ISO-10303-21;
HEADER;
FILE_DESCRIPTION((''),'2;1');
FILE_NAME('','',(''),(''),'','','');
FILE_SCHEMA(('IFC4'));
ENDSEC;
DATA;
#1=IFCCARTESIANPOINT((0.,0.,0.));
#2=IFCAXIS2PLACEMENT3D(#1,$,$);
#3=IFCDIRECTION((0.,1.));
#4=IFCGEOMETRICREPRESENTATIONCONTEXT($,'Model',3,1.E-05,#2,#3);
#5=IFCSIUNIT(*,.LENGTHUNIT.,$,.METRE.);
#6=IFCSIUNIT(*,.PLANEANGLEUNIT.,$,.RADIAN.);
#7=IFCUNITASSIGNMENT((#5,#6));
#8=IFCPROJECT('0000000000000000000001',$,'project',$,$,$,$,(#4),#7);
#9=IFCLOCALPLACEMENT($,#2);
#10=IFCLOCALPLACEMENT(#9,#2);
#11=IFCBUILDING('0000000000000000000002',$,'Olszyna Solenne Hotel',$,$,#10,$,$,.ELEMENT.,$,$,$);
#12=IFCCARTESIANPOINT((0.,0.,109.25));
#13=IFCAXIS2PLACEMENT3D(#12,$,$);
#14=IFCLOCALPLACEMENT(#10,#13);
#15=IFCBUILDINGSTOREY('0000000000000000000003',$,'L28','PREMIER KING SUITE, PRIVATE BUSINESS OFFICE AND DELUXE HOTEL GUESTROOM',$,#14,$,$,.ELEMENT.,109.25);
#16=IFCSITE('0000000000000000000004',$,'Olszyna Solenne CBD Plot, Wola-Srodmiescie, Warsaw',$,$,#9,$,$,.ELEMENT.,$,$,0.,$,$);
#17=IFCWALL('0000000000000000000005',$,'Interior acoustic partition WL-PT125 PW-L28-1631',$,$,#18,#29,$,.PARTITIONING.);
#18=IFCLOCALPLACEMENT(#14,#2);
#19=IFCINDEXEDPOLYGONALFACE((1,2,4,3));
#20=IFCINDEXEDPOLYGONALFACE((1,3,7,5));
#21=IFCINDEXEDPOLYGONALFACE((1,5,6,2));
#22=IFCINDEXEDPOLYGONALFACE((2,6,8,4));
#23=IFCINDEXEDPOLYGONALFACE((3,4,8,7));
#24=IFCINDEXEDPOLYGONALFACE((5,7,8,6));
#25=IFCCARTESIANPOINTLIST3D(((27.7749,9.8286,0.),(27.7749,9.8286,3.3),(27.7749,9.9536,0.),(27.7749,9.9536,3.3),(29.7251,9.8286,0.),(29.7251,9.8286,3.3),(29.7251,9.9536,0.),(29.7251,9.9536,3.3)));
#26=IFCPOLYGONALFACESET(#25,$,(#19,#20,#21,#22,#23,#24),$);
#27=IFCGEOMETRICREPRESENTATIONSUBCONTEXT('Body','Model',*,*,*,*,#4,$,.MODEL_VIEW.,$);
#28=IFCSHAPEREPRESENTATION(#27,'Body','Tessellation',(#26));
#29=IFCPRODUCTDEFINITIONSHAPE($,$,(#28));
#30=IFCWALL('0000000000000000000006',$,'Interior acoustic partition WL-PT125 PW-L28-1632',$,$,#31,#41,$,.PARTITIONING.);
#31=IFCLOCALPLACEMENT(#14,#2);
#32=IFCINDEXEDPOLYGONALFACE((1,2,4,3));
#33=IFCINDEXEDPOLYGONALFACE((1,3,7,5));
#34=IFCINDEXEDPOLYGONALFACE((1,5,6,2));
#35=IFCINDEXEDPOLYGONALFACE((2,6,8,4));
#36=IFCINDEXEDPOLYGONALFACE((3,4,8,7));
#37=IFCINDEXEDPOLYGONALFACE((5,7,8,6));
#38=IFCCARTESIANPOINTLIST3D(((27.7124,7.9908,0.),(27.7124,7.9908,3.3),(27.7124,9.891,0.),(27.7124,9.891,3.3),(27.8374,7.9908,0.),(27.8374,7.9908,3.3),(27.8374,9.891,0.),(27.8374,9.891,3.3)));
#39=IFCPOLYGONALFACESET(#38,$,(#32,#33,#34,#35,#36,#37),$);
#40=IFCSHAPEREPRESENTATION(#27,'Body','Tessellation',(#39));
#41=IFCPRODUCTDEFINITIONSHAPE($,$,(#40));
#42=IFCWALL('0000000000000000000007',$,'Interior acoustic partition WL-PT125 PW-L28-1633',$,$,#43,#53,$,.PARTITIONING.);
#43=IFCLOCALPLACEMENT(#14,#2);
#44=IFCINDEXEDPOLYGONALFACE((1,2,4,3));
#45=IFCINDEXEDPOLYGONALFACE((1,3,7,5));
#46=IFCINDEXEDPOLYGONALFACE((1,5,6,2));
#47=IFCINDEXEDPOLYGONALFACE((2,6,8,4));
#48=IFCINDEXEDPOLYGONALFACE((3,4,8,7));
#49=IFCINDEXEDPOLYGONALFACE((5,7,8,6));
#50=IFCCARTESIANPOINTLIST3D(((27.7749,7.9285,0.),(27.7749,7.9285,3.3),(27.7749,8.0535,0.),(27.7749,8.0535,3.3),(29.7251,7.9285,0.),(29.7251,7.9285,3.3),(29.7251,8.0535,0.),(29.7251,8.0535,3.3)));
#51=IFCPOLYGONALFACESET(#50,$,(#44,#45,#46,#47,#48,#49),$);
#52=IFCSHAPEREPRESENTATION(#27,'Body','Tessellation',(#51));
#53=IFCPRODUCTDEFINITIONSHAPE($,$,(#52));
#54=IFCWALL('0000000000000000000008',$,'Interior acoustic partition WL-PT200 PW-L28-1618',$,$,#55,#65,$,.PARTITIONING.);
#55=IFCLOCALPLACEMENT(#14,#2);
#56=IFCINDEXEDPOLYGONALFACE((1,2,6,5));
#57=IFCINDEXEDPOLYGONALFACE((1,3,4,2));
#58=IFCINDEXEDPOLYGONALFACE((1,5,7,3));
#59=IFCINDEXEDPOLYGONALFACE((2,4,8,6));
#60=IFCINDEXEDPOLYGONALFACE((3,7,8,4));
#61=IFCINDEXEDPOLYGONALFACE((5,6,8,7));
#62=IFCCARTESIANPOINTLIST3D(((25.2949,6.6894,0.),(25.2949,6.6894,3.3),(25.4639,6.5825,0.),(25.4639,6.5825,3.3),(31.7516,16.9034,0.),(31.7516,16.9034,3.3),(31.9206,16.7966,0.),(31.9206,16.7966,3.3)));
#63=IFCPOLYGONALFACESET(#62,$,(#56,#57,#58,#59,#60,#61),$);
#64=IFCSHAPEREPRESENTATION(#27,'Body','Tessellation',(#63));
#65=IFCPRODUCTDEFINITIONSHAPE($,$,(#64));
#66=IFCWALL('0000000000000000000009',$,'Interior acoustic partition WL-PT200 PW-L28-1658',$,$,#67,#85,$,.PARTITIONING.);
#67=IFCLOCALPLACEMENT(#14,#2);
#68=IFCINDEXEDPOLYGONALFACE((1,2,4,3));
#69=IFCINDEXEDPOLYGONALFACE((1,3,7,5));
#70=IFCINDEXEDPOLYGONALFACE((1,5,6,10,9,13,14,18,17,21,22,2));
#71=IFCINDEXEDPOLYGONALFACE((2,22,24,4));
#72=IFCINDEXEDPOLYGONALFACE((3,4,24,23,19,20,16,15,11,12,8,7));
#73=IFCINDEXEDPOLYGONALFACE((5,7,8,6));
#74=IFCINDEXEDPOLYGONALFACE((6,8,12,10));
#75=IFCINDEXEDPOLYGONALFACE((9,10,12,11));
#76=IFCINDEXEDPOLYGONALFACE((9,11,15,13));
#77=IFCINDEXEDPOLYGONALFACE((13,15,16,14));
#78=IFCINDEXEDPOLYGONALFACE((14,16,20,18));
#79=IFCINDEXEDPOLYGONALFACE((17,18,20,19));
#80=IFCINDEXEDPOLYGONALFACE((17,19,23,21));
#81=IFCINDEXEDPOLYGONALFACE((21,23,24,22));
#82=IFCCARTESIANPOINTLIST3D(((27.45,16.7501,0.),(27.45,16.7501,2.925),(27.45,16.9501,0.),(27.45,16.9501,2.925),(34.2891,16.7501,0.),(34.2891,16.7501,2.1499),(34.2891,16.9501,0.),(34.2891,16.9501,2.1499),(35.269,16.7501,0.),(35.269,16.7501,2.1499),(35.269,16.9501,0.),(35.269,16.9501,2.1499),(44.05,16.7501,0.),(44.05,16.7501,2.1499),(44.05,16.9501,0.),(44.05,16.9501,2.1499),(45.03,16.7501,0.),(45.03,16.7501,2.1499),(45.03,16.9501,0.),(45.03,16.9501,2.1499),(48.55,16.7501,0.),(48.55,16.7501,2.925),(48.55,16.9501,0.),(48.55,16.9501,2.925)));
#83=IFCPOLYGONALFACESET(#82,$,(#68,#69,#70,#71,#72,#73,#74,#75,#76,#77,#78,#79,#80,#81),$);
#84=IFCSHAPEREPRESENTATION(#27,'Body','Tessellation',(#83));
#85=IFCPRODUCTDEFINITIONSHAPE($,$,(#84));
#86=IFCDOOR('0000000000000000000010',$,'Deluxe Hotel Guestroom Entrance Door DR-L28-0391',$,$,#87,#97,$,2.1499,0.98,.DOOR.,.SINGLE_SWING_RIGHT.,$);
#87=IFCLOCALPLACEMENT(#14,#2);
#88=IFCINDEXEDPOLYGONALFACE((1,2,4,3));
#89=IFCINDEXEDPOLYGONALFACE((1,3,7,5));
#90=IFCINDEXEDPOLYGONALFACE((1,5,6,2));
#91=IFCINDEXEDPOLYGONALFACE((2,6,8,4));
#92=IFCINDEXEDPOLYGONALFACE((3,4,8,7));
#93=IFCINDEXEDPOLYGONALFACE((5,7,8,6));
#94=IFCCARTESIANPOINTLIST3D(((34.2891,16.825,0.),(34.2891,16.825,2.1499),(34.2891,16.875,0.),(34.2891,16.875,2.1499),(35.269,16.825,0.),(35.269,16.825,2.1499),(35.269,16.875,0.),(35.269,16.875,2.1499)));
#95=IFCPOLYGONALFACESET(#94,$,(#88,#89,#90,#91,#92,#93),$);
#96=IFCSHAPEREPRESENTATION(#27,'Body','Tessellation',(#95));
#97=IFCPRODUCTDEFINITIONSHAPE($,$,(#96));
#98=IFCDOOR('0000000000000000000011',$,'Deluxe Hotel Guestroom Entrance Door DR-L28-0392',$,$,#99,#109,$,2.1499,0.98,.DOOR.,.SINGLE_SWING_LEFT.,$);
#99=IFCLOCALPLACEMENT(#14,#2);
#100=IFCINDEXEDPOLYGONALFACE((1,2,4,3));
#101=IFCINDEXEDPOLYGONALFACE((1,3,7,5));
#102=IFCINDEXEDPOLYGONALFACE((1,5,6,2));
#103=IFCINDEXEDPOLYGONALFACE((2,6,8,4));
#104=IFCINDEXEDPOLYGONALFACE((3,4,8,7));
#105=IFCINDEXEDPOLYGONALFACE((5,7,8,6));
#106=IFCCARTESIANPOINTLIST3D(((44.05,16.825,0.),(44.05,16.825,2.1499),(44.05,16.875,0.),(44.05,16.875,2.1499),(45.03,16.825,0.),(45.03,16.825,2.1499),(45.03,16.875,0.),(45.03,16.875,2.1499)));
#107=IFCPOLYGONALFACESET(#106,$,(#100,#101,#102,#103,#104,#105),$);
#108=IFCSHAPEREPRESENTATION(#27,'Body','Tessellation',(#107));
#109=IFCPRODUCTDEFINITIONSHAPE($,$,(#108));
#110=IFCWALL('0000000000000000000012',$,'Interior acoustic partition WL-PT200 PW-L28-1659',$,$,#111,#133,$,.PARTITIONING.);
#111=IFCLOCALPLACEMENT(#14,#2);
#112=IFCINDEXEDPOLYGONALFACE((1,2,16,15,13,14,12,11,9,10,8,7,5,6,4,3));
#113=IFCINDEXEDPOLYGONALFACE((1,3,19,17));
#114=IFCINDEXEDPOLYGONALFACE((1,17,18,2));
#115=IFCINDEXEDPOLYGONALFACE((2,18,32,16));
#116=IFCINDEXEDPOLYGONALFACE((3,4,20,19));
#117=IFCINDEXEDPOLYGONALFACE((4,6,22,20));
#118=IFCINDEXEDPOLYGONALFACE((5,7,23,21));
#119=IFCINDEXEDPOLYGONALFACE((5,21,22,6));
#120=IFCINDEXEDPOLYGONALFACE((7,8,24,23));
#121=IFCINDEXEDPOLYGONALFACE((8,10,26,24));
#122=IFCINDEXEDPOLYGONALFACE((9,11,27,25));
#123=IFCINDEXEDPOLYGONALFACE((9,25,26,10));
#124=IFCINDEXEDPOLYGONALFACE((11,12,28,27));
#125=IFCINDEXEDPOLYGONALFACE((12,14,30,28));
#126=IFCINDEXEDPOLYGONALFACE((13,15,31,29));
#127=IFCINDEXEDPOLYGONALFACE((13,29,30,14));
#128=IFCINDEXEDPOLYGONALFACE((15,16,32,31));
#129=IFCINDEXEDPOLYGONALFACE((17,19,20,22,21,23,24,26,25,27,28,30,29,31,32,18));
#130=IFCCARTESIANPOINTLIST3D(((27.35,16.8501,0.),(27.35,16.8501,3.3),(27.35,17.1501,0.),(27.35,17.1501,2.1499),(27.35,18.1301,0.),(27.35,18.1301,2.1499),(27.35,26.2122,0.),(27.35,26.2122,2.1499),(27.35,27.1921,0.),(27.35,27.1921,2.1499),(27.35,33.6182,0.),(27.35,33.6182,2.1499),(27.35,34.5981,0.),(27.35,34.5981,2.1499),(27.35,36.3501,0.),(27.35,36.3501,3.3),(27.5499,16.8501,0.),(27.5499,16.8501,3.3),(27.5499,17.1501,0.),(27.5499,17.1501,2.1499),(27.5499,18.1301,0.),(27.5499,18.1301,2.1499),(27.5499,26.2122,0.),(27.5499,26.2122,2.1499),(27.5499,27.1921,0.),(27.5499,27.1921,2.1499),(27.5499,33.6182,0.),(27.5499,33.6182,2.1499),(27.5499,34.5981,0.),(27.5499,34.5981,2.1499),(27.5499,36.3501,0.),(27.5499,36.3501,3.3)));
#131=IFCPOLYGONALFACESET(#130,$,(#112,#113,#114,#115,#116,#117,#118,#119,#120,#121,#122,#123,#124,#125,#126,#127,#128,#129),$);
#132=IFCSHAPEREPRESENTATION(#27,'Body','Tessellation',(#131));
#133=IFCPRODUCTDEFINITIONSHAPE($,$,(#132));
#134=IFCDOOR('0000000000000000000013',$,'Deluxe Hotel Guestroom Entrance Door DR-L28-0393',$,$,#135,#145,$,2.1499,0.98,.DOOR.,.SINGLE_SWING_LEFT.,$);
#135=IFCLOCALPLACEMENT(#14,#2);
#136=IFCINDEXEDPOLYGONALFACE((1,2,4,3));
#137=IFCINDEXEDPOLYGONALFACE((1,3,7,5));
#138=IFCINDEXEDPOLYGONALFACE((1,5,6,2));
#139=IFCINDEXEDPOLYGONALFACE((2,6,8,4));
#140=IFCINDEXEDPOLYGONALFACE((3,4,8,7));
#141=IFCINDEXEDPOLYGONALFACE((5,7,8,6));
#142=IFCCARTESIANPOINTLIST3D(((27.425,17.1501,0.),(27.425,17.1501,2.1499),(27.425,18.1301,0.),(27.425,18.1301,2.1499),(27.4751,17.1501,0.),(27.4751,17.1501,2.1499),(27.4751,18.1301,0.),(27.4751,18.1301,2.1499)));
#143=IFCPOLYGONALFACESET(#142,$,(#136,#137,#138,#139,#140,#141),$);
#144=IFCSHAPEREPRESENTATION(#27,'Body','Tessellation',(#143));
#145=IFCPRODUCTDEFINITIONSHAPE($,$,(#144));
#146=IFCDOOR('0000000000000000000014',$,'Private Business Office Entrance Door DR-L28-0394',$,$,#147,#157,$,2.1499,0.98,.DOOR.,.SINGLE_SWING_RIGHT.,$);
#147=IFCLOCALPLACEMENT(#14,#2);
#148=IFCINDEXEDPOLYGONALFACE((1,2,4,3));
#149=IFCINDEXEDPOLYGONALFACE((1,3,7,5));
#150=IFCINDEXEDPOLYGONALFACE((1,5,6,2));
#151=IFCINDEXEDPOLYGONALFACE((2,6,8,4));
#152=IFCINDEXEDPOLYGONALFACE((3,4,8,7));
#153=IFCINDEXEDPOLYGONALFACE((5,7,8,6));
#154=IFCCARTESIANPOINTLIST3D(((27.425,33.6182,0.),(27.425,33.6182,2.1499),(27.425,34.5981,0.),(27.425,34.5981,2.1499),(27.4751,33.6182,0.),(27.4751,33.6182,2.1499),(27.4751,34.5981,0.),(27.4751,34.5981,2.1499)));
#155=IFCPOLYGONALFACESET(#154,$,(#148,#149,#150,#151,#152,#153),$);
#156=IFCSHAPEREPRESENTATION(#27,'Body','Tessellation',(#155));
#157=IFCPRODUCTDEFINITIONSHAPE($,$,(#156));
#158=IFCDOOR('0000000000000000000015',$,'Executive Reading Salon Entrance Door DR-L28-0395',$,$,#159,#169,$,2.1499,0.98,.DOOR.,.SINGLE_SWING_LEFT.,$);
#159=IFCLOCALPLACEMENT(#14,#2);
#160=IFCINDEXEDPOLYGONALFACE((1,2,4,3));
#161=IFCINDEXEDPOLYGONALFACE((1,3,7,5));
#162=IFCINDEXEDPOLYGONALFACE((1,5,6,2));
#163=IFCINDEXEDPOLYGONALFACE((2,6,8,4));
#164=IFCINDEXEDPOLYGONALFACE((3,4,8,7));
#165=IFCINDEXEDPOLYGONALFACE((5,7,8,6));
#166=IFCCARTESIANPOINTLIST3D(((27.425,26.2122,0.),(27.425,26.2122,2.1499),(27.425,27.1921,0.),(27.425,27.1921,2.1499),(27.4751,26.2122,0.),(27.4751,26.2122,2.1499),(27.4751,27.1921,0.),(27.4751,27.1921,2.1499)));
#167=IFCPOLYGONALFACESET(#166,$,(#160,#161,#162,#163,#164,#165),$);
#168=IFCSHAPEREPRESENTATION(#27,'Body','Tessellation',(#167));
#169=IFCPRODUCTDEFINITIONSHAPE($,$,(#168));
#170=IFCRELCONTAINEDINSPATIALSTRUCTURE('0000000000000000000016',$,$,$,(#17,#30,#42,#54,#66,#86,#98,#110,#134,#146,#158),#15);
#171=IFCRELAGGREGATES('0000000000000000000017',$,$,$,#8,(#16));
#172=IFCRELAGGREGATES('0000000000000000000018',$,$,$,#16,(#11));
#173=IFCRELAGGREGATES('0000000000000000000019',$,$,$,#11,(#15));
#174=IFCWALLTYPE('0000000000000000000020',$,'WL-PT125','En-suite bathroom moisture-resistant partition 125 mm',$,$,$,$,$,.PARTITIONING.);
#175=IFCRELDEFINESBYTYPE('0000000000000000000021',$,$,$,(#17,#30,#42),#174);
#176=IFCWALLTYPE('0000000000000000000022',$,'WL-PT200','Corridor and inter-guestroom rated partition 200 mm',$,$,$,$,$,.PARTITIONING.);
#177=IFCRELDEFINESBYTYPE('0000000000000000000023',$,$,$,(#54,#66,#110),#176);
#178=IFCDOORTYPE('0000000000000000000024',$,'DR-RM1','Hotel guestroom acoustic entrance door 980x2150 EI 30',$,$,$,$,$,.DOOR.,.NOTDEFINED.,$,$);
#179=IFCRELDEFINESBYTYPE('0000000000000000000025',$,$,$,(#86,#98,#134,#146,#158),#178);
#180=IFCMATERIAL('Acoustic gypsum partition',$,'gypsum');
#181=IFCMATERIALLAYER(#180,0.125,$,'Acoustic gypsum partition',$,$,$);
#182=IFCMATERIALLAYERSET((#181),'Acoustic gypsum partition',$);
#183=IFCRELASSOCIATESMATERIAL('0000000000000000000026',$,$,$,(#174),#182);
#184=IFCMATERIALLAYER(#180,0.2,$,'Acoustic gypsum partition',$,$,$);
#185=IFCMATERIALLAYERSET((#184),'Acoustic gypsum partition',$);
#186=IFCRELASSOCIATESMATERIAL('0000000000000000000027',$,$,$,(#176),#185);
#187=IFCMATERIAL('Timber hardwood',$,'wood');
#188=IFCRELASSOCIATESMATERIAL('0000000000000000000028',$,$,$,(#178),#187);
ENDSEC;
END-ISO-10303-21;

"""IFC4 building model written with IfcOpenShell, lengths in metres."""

from ifc_helpers import new_model, si_unit, direction, frame, frame_2d, origin, place, context, subcontext, project, spatial, rectangle, extrude, source, transform, mapped, material, layer, layer_set, type_object, type_shapes, element, fill, save


model = new_model("IFC4")

# Units and contexts
model_context = context("Model", 3, precision=1e-05, world=origin(), true_north=direction((0.0, 1.0)))
body_context = subcontext(model_context, "Body", "Model", "MODEL_VIEW")
ifc_project = project(units=[si_unit("LENGTHUNIT", "METRE"), si_unit("PLANEANGLEUNIT", "RADIAN")], contexts=[model_context])

# Site, building, storey
site_placement = place(None, origin())
site = spatial("IfcSite", under=ifc_project, at=site_placement, Name="Olszyna Solenne CBD Plot, Wola-Srodmiescie, Warsaw", CompositionType="ELEMENT", RefElevation=0.0)
building_placement = place(site_placement, origin())
building = spatial("IfcBuilding", under=site, at=building_placement, Name="Olszyna Solenne Hotel", CompositionType="ELEMENT")
storey_placement = place(building_placement, frame((0.0, 0.0, 109.25)))
storey = spatial("IfcBuildingStorey", under=building, at=storey_placement, Name="L28", Description="PREMIER KING SUITE, PRIVATE BUSINESS OFFICE AND DELUXE HOTEL GUESTROOM", CompositionType="ELEMENT", Elevation=109.25)

# Shared definitions
ifc_material_1 = material(Name="Timber hardwood", Category="wood")
ifc_material_2 = material(Name="Acoustic gypsum partition", Category="gypsum")
ifc_layer_1 = layer(ifc_material_2, 0.125, Name="Acoustic gypsum partition")
ifc_layer_set_1 = layer_set([ifc_layer_1], Name="Acoustic gypsum partition")
wall_type_1 = type_object("IfcWallType", Name="WL-PT125", Description="En-suite bathroom moisture-resistant partition 125 mm", PredefinedType="PARTITIONING", material=ifc_layer_set_1)

# Walls
wall_1_placement = place(storey_placement, frame((29.7251, 9.8911, 0.0), z_axis=(0.0, 0.0, 1.0), x_axis=(-1.0, 0.0, 0.0)))
element("IfcWall", 1, at=wall_1_placement, inside=storey, type_object=wall_type_1, Name="Interior acoustic partition WL-PT125 PW-L28-1631", PredefinedType="PARTITIONING", context=body_context, shape_type="SweptSolid", body=[
    extrude(rectangle(XDim=1.9502, YDim=0.125, at=frame_2d((0.9751, 0.0))), origin(), (0.0, 0.0, 1.0), 3.3),
])
wall_2_placement = place(storey_placement, frame((27.7749, 9.8911, 0.0), z_axis=(0.0, 0.0, 1.0), x_axis=(0.0, -1.0, 0.0)))
element("IfcWall", 2, at=wall_2_placement, inside=storey, type_object=wall_type_1, Name="Interior acoustic partition WL-PT125 PW-L28-1632", PredefinedType="PARTITIONING", context=body_context, shape_type="SweptSolid", body=[
    extrude(rectangle(XDim=1.9001, YDim=0.125, at=frame_2d((0.9502, 0.0))), origin(), (0.0, 0.0, 1.0), 3.3),
])
wall_3_placement = place(storey_placement, frame((27.7749, 7.991, 0.0), z_axis=(0.0, 0.0, 1.0), x_axis=(1.0, 0.0, 0.0)))
element("IfcWall", 3, at=wall_3_placement, inside=storey, type_object=wall_type_1, Name="Interior acoustic partition WL-PT125 PW-L28-1633", PredefinedType="PARTITIONING", context=body_context, shape_type="SweptSolid", body=[
    extrude(rectangle(XDim=1.9502, YDim=0.125, at=frame_2d((0.9751, 0.0))), origin(), (0.0, 0.0, 1.0), 3.3),
])
ifc_layer_2 = layer(ifc_material_2, 0.2, Name="Acoustic gypsum partition")
ifc_layer_set_2 = layer_set([ifc_layer_2], Name="Acoustic gypsum partition")
wall_type_2 = type_object("IfcWallType", Name="WL-PT200", Description="Corridor and inter-guestroom rated partition 200 mm", PredefinedType="PARTITIONING", material=ifc_layer_set_2)
wall_4_placement = place(storey_placement, frame((31.8362, 16.8501, 0.0), z_axis=(0.0, 0.0, 1.0), x_axis=(-0.534334, -0.845273, 0.0)))
element("IfcWall", 4, at=wall_4_placement, inside=storey, type_object=wall_type_2, Name="Interior acoustic partition WL-PT200 PW-L28-1618", PredefinedType="PARTITIONING", context=body_context, shape_type="SweptSolid", body=[
    extrude(rectangle(XDim=12.0837, YDim=0.2, at=frame_2d((6.042, 0.0))), origin(), (0.0, 0.0, 1.0), 3.3),
])

# Walls, openings, doors
wall_5_placement = place(storey_placement, frame((27.45, 16.8501, 0.0), z_axis=(0.0, 0.0, 1.0), x_axis=(1.0, 0.0, 0.0)))
wall_5 = element("IfcWall", 5, at=wall_5_placement, inside=storey, type_object=wall_type_2, Name="Interior acoustic partition WL-PT200 PW-L28-1658", PredefinedType="PARTITIONING", context=body_context, shape_type="SweptSolid", body=[
    extrude(rectangle(XDim=21.1001, YDim=0.2, at=frame_2d((10.55, 0.0))), origin(), (0.0, 0.0, 1.0), 2.925),
])
opening_1_placement = place(wall_5_placement, frame((6.8391, 0.0, 0.0)))
opening_1 = element("IfcOpeningElement", 6, at=opening_1_placement, cuts=wall_5, PredefinedType="OPENING", context=body_context, shape_type="SweptSolid", body=[
    extrude(rectangle(XDim=0.98, YDim=2.1499, at=frame_2d((0.49, 1.075))), frame((0.0, 0.1099, 0.0), z_axis=(0.0, -1.0, 0.0), x_axis=(1.0, 0.0, 0.0)), (0.0, 0.0, 1.0), 0.22),
])
opening_2_placement = place(wall_5_placement, frame((16.6001, 0.0, 0.0)))
opening_2 = element("IfcOpeningElement", 7, at=opening_2_placement, cuts=wall_5, PredefinedType="OPENING", context=body_context, shape_type="SweptSolid", body=[
    extrude(rectangle(XDim=0.98, YDim=2.1499, at=frame_2d((0.49, 1.075))), frame((0.0, 0.1099, 0.0), z_axis=(0.0, -1.0, 0.0), x_axis=(1.0, 0.0, 0.0)), (0.0, 0.0, 1.0), 0.22),
])
door_type_1 = type_object("IfcDoorType", Name="DR-RM1", Description="Hotel guestroom acoustic entrance door 980x2150 EI 30", OperationType="NOTDEFINED", PredefinedType="DOOR", material=ifc_material_1)
shared_shape_1 = source(origin(), body_context, "Body", "SweptSolid", [
    extrude(rectangle(XDim=0.98, YDim=2.1499, at=frame_2d((0.49, 1.075))), frame((0.0, 0.0249, 0.0), z_axis=(0.0, -1.0, 0.0), x_axis=(1.0, 0.0, 0.0)), (0.0, 0.0, 1.0), 0.05),
])
type_shapes(door_type_1, [shared_shape_1])
door_1_placement = place(opening_1_placement, origin())
door_1 = element("IfcDoor", 8, at=door_1_placement, inside=storey, type_object=door_type_1, Name="Deluxe Hotel Guestroom Entrance Door DR-L28-0391", OperationType="SINGLE_SWING_RIGHT", OverallHeight=2.1499, OverallWidth=0.98, PredefinedType="DOOR", context=body_context, shape_type="MappedRepresentation", body=[
    mapped(shared_shape_1, transform((0.0, 0.0, 0.0), x_axis=(1.0, 0.0, 0.0), y_axis=(0.0, 1.0, 0.0), z_axis=(0.0, 0.0, 1.0), scale=1.0)),
])
fill(opening_1, door_1)
door_2_placement = place(opening_2_placement, origin())
door_2 = element("IfcDoor", 9, at=door_2_placement, inside=storey, type_object=door_type_1, Name="Deluxe Hotel Guestroom Entrance Door DR-L28-0392", OperationType="SINGLE_SWING_LEFT", OverallHeight=2.1499, OverallWidth=0.98, PredefinedType="DOOR", context=body_context, shape_type="MappedRepresentation", body=[
    mapped(shared_shape_1, transform((0.0, 0.0, 0.0), x_axis=(1.0, 0.0, 0.0), y_axis=(0.0, 1.0, 0.0), z_axis=(0.0, 0.0, 1.0), scale=1.0)),
])
fill(opening_2, door_2)
wall_6_placement = place(storey_placement, frame((27.45, 16.8501, 0.0), z_axis=(0.0, 0.0, 1.0), x_axis=(0.0, 1.0, 0.0)))
wall_6 = element("IfcWall", 10, at=wall_6_placement, inside=storey, type_object=wall_type_2, Name="Interior acoustic partition WL-PT200 PW-L28-1659", PredefinedType="PARTITIONING", context=body_context, shape_type="SweptSolid", body=[
    extrude(rectangle(XDim=19.5, YDim=0.2, at=frame_2d((9.75, 0.0))), origin(), (0.0, 0.0, 1.0), 3.3),
])
opening_3_placement = place(wall_6_placement, frame((0.3, 0.0, 0.0)))
opening_3 = element("IfcOpeningElement", 11, at=opening_3_placement, cuts=wall_6, PredefinedType="OPENING", context=body_context, shape_type="SweptSolid", body=[
    extrude(rectangle(XDim=0.98, YDim=2.1499, at=frame_2d((0.49, 1.075))), frame((0.0, 0.1099, 0.0), z_axis=(0.0, -1.0, 0.0), x_axis=(1.0, 0.0, 0.0)), (0.0, 0.0, 1.0), 0.22),
])
opening_4_placement = place(wall_6_placement, frame((16.7681, 0.0, 0.0)))
opening_4 = element("IfcOpeningElement", 12, at=opening_4_placement, cuts=wall_6, PredefinedType="OPENING", context=body_context, shape_type="SweptSolid", body=[
    extrude(rectangle(XDim=0.98, YDim=2.1499, at=frame_2d((0.49, 1.075))), frame((0.0, 0.1099, 0.0), z_axis=(0.0, -1.0, 0.0), x_axis=(1.0, 0.0, 0.0)), (0.0, 0.0, 1.0), 0.22),
])
opening_5_placement = place(wall_6_placement, frame((9.3621, 0.0, 0.0)))
opening_5 = element("IfcOpeningElement", 13, at=opening_5_placement, cuts=wall_6, PredefinedType="OPENING", context=body_context, shape_type="SweptSolid", body=[
    extrude(rectangle(XDim=0.98, YDim=2.1499, at=frame_2d((0.49, 1.075))), frame((0.0, 0.1099, 0.0), z_axis=(0.0, -1.0, 0.0), x_axis=(1.0, 0.0, 0.0)), (0.0, 0.0, 1.0), 0.22),
])
door_3_placement = place(opening_3_placement, origin())
door_3 = element("IfcDoor", 14, at=door_3_placement, inside=storey, type_object=door_type_1, Name="Deluxe Hotel Guestroom Entrance Door DR-L28-0393", OperationType="SINGLE_SWING_LEFT", OverallHeight=2.1499, OverallWidth=0.98, PredefinedType="DOOR", context=body_context, shape_type="MappedRepresentation", body=[
    mapped(shared_shape_1, transform((0.0, 0.0, 0.0), x_axis=(1.0, 0.0, 0.0), y_axis=(0.0, 1.0, 0.0), z_axis=(0.0, 0.0, 1.0), scale=1.0)),
])
fill(opening_3, door_3)
door_4_placement = place(opening_4_placement, origin())
door_4 = element("IfcDoor", 15, at=door_4_placement, inside=storey, type_object=door_type_1, Name="Private Business Office Entrance Door DR-L28-0394", OperationType="SINGLE_SWING_RIGHT", OverallHeight=2.1499, OverallWidth=0.98, PredefinedType="DOOR", context=body_context, shape_type="MappedRepresentation", body=[
    mapped(shared_shape_1, transform((0.0, 0.0, 0.0), x_axis=(1.0, 0.0, 0.0), y_axis=(0.0, 1.0, 0.0), z_axis=(0.0, 0.0, 1.0), scale=1.0)),
])
fill(opening_4, door_4)
door_5_placement = place(opening_5_placement, origin())
door_5 = element("IfcDoor", 16, at=door_5_placement, inside=storey, type_object=door_type_1, Name="Executive Reading Salon Entrance Door DR-L28-0395", OperationType="SINGLE_SWING_LEFT", OverallHeight=2.1499, OverallWidth=0.98, PredefinedType="DOOR", context=body_context, shape_type="MappedRepresentation", body=[
    mapped(shared_shape_1, transform((0.0, 0.0, 0.0), x_axis=(1.0, 0.0, 0.0), y_axis=(0.0, 1.0, 0.0), z_axis=(0.0, 0.0, 1.0), scale=1.0)),
])
fill(opening_5, door_5)

save(model, "model.ifc")
